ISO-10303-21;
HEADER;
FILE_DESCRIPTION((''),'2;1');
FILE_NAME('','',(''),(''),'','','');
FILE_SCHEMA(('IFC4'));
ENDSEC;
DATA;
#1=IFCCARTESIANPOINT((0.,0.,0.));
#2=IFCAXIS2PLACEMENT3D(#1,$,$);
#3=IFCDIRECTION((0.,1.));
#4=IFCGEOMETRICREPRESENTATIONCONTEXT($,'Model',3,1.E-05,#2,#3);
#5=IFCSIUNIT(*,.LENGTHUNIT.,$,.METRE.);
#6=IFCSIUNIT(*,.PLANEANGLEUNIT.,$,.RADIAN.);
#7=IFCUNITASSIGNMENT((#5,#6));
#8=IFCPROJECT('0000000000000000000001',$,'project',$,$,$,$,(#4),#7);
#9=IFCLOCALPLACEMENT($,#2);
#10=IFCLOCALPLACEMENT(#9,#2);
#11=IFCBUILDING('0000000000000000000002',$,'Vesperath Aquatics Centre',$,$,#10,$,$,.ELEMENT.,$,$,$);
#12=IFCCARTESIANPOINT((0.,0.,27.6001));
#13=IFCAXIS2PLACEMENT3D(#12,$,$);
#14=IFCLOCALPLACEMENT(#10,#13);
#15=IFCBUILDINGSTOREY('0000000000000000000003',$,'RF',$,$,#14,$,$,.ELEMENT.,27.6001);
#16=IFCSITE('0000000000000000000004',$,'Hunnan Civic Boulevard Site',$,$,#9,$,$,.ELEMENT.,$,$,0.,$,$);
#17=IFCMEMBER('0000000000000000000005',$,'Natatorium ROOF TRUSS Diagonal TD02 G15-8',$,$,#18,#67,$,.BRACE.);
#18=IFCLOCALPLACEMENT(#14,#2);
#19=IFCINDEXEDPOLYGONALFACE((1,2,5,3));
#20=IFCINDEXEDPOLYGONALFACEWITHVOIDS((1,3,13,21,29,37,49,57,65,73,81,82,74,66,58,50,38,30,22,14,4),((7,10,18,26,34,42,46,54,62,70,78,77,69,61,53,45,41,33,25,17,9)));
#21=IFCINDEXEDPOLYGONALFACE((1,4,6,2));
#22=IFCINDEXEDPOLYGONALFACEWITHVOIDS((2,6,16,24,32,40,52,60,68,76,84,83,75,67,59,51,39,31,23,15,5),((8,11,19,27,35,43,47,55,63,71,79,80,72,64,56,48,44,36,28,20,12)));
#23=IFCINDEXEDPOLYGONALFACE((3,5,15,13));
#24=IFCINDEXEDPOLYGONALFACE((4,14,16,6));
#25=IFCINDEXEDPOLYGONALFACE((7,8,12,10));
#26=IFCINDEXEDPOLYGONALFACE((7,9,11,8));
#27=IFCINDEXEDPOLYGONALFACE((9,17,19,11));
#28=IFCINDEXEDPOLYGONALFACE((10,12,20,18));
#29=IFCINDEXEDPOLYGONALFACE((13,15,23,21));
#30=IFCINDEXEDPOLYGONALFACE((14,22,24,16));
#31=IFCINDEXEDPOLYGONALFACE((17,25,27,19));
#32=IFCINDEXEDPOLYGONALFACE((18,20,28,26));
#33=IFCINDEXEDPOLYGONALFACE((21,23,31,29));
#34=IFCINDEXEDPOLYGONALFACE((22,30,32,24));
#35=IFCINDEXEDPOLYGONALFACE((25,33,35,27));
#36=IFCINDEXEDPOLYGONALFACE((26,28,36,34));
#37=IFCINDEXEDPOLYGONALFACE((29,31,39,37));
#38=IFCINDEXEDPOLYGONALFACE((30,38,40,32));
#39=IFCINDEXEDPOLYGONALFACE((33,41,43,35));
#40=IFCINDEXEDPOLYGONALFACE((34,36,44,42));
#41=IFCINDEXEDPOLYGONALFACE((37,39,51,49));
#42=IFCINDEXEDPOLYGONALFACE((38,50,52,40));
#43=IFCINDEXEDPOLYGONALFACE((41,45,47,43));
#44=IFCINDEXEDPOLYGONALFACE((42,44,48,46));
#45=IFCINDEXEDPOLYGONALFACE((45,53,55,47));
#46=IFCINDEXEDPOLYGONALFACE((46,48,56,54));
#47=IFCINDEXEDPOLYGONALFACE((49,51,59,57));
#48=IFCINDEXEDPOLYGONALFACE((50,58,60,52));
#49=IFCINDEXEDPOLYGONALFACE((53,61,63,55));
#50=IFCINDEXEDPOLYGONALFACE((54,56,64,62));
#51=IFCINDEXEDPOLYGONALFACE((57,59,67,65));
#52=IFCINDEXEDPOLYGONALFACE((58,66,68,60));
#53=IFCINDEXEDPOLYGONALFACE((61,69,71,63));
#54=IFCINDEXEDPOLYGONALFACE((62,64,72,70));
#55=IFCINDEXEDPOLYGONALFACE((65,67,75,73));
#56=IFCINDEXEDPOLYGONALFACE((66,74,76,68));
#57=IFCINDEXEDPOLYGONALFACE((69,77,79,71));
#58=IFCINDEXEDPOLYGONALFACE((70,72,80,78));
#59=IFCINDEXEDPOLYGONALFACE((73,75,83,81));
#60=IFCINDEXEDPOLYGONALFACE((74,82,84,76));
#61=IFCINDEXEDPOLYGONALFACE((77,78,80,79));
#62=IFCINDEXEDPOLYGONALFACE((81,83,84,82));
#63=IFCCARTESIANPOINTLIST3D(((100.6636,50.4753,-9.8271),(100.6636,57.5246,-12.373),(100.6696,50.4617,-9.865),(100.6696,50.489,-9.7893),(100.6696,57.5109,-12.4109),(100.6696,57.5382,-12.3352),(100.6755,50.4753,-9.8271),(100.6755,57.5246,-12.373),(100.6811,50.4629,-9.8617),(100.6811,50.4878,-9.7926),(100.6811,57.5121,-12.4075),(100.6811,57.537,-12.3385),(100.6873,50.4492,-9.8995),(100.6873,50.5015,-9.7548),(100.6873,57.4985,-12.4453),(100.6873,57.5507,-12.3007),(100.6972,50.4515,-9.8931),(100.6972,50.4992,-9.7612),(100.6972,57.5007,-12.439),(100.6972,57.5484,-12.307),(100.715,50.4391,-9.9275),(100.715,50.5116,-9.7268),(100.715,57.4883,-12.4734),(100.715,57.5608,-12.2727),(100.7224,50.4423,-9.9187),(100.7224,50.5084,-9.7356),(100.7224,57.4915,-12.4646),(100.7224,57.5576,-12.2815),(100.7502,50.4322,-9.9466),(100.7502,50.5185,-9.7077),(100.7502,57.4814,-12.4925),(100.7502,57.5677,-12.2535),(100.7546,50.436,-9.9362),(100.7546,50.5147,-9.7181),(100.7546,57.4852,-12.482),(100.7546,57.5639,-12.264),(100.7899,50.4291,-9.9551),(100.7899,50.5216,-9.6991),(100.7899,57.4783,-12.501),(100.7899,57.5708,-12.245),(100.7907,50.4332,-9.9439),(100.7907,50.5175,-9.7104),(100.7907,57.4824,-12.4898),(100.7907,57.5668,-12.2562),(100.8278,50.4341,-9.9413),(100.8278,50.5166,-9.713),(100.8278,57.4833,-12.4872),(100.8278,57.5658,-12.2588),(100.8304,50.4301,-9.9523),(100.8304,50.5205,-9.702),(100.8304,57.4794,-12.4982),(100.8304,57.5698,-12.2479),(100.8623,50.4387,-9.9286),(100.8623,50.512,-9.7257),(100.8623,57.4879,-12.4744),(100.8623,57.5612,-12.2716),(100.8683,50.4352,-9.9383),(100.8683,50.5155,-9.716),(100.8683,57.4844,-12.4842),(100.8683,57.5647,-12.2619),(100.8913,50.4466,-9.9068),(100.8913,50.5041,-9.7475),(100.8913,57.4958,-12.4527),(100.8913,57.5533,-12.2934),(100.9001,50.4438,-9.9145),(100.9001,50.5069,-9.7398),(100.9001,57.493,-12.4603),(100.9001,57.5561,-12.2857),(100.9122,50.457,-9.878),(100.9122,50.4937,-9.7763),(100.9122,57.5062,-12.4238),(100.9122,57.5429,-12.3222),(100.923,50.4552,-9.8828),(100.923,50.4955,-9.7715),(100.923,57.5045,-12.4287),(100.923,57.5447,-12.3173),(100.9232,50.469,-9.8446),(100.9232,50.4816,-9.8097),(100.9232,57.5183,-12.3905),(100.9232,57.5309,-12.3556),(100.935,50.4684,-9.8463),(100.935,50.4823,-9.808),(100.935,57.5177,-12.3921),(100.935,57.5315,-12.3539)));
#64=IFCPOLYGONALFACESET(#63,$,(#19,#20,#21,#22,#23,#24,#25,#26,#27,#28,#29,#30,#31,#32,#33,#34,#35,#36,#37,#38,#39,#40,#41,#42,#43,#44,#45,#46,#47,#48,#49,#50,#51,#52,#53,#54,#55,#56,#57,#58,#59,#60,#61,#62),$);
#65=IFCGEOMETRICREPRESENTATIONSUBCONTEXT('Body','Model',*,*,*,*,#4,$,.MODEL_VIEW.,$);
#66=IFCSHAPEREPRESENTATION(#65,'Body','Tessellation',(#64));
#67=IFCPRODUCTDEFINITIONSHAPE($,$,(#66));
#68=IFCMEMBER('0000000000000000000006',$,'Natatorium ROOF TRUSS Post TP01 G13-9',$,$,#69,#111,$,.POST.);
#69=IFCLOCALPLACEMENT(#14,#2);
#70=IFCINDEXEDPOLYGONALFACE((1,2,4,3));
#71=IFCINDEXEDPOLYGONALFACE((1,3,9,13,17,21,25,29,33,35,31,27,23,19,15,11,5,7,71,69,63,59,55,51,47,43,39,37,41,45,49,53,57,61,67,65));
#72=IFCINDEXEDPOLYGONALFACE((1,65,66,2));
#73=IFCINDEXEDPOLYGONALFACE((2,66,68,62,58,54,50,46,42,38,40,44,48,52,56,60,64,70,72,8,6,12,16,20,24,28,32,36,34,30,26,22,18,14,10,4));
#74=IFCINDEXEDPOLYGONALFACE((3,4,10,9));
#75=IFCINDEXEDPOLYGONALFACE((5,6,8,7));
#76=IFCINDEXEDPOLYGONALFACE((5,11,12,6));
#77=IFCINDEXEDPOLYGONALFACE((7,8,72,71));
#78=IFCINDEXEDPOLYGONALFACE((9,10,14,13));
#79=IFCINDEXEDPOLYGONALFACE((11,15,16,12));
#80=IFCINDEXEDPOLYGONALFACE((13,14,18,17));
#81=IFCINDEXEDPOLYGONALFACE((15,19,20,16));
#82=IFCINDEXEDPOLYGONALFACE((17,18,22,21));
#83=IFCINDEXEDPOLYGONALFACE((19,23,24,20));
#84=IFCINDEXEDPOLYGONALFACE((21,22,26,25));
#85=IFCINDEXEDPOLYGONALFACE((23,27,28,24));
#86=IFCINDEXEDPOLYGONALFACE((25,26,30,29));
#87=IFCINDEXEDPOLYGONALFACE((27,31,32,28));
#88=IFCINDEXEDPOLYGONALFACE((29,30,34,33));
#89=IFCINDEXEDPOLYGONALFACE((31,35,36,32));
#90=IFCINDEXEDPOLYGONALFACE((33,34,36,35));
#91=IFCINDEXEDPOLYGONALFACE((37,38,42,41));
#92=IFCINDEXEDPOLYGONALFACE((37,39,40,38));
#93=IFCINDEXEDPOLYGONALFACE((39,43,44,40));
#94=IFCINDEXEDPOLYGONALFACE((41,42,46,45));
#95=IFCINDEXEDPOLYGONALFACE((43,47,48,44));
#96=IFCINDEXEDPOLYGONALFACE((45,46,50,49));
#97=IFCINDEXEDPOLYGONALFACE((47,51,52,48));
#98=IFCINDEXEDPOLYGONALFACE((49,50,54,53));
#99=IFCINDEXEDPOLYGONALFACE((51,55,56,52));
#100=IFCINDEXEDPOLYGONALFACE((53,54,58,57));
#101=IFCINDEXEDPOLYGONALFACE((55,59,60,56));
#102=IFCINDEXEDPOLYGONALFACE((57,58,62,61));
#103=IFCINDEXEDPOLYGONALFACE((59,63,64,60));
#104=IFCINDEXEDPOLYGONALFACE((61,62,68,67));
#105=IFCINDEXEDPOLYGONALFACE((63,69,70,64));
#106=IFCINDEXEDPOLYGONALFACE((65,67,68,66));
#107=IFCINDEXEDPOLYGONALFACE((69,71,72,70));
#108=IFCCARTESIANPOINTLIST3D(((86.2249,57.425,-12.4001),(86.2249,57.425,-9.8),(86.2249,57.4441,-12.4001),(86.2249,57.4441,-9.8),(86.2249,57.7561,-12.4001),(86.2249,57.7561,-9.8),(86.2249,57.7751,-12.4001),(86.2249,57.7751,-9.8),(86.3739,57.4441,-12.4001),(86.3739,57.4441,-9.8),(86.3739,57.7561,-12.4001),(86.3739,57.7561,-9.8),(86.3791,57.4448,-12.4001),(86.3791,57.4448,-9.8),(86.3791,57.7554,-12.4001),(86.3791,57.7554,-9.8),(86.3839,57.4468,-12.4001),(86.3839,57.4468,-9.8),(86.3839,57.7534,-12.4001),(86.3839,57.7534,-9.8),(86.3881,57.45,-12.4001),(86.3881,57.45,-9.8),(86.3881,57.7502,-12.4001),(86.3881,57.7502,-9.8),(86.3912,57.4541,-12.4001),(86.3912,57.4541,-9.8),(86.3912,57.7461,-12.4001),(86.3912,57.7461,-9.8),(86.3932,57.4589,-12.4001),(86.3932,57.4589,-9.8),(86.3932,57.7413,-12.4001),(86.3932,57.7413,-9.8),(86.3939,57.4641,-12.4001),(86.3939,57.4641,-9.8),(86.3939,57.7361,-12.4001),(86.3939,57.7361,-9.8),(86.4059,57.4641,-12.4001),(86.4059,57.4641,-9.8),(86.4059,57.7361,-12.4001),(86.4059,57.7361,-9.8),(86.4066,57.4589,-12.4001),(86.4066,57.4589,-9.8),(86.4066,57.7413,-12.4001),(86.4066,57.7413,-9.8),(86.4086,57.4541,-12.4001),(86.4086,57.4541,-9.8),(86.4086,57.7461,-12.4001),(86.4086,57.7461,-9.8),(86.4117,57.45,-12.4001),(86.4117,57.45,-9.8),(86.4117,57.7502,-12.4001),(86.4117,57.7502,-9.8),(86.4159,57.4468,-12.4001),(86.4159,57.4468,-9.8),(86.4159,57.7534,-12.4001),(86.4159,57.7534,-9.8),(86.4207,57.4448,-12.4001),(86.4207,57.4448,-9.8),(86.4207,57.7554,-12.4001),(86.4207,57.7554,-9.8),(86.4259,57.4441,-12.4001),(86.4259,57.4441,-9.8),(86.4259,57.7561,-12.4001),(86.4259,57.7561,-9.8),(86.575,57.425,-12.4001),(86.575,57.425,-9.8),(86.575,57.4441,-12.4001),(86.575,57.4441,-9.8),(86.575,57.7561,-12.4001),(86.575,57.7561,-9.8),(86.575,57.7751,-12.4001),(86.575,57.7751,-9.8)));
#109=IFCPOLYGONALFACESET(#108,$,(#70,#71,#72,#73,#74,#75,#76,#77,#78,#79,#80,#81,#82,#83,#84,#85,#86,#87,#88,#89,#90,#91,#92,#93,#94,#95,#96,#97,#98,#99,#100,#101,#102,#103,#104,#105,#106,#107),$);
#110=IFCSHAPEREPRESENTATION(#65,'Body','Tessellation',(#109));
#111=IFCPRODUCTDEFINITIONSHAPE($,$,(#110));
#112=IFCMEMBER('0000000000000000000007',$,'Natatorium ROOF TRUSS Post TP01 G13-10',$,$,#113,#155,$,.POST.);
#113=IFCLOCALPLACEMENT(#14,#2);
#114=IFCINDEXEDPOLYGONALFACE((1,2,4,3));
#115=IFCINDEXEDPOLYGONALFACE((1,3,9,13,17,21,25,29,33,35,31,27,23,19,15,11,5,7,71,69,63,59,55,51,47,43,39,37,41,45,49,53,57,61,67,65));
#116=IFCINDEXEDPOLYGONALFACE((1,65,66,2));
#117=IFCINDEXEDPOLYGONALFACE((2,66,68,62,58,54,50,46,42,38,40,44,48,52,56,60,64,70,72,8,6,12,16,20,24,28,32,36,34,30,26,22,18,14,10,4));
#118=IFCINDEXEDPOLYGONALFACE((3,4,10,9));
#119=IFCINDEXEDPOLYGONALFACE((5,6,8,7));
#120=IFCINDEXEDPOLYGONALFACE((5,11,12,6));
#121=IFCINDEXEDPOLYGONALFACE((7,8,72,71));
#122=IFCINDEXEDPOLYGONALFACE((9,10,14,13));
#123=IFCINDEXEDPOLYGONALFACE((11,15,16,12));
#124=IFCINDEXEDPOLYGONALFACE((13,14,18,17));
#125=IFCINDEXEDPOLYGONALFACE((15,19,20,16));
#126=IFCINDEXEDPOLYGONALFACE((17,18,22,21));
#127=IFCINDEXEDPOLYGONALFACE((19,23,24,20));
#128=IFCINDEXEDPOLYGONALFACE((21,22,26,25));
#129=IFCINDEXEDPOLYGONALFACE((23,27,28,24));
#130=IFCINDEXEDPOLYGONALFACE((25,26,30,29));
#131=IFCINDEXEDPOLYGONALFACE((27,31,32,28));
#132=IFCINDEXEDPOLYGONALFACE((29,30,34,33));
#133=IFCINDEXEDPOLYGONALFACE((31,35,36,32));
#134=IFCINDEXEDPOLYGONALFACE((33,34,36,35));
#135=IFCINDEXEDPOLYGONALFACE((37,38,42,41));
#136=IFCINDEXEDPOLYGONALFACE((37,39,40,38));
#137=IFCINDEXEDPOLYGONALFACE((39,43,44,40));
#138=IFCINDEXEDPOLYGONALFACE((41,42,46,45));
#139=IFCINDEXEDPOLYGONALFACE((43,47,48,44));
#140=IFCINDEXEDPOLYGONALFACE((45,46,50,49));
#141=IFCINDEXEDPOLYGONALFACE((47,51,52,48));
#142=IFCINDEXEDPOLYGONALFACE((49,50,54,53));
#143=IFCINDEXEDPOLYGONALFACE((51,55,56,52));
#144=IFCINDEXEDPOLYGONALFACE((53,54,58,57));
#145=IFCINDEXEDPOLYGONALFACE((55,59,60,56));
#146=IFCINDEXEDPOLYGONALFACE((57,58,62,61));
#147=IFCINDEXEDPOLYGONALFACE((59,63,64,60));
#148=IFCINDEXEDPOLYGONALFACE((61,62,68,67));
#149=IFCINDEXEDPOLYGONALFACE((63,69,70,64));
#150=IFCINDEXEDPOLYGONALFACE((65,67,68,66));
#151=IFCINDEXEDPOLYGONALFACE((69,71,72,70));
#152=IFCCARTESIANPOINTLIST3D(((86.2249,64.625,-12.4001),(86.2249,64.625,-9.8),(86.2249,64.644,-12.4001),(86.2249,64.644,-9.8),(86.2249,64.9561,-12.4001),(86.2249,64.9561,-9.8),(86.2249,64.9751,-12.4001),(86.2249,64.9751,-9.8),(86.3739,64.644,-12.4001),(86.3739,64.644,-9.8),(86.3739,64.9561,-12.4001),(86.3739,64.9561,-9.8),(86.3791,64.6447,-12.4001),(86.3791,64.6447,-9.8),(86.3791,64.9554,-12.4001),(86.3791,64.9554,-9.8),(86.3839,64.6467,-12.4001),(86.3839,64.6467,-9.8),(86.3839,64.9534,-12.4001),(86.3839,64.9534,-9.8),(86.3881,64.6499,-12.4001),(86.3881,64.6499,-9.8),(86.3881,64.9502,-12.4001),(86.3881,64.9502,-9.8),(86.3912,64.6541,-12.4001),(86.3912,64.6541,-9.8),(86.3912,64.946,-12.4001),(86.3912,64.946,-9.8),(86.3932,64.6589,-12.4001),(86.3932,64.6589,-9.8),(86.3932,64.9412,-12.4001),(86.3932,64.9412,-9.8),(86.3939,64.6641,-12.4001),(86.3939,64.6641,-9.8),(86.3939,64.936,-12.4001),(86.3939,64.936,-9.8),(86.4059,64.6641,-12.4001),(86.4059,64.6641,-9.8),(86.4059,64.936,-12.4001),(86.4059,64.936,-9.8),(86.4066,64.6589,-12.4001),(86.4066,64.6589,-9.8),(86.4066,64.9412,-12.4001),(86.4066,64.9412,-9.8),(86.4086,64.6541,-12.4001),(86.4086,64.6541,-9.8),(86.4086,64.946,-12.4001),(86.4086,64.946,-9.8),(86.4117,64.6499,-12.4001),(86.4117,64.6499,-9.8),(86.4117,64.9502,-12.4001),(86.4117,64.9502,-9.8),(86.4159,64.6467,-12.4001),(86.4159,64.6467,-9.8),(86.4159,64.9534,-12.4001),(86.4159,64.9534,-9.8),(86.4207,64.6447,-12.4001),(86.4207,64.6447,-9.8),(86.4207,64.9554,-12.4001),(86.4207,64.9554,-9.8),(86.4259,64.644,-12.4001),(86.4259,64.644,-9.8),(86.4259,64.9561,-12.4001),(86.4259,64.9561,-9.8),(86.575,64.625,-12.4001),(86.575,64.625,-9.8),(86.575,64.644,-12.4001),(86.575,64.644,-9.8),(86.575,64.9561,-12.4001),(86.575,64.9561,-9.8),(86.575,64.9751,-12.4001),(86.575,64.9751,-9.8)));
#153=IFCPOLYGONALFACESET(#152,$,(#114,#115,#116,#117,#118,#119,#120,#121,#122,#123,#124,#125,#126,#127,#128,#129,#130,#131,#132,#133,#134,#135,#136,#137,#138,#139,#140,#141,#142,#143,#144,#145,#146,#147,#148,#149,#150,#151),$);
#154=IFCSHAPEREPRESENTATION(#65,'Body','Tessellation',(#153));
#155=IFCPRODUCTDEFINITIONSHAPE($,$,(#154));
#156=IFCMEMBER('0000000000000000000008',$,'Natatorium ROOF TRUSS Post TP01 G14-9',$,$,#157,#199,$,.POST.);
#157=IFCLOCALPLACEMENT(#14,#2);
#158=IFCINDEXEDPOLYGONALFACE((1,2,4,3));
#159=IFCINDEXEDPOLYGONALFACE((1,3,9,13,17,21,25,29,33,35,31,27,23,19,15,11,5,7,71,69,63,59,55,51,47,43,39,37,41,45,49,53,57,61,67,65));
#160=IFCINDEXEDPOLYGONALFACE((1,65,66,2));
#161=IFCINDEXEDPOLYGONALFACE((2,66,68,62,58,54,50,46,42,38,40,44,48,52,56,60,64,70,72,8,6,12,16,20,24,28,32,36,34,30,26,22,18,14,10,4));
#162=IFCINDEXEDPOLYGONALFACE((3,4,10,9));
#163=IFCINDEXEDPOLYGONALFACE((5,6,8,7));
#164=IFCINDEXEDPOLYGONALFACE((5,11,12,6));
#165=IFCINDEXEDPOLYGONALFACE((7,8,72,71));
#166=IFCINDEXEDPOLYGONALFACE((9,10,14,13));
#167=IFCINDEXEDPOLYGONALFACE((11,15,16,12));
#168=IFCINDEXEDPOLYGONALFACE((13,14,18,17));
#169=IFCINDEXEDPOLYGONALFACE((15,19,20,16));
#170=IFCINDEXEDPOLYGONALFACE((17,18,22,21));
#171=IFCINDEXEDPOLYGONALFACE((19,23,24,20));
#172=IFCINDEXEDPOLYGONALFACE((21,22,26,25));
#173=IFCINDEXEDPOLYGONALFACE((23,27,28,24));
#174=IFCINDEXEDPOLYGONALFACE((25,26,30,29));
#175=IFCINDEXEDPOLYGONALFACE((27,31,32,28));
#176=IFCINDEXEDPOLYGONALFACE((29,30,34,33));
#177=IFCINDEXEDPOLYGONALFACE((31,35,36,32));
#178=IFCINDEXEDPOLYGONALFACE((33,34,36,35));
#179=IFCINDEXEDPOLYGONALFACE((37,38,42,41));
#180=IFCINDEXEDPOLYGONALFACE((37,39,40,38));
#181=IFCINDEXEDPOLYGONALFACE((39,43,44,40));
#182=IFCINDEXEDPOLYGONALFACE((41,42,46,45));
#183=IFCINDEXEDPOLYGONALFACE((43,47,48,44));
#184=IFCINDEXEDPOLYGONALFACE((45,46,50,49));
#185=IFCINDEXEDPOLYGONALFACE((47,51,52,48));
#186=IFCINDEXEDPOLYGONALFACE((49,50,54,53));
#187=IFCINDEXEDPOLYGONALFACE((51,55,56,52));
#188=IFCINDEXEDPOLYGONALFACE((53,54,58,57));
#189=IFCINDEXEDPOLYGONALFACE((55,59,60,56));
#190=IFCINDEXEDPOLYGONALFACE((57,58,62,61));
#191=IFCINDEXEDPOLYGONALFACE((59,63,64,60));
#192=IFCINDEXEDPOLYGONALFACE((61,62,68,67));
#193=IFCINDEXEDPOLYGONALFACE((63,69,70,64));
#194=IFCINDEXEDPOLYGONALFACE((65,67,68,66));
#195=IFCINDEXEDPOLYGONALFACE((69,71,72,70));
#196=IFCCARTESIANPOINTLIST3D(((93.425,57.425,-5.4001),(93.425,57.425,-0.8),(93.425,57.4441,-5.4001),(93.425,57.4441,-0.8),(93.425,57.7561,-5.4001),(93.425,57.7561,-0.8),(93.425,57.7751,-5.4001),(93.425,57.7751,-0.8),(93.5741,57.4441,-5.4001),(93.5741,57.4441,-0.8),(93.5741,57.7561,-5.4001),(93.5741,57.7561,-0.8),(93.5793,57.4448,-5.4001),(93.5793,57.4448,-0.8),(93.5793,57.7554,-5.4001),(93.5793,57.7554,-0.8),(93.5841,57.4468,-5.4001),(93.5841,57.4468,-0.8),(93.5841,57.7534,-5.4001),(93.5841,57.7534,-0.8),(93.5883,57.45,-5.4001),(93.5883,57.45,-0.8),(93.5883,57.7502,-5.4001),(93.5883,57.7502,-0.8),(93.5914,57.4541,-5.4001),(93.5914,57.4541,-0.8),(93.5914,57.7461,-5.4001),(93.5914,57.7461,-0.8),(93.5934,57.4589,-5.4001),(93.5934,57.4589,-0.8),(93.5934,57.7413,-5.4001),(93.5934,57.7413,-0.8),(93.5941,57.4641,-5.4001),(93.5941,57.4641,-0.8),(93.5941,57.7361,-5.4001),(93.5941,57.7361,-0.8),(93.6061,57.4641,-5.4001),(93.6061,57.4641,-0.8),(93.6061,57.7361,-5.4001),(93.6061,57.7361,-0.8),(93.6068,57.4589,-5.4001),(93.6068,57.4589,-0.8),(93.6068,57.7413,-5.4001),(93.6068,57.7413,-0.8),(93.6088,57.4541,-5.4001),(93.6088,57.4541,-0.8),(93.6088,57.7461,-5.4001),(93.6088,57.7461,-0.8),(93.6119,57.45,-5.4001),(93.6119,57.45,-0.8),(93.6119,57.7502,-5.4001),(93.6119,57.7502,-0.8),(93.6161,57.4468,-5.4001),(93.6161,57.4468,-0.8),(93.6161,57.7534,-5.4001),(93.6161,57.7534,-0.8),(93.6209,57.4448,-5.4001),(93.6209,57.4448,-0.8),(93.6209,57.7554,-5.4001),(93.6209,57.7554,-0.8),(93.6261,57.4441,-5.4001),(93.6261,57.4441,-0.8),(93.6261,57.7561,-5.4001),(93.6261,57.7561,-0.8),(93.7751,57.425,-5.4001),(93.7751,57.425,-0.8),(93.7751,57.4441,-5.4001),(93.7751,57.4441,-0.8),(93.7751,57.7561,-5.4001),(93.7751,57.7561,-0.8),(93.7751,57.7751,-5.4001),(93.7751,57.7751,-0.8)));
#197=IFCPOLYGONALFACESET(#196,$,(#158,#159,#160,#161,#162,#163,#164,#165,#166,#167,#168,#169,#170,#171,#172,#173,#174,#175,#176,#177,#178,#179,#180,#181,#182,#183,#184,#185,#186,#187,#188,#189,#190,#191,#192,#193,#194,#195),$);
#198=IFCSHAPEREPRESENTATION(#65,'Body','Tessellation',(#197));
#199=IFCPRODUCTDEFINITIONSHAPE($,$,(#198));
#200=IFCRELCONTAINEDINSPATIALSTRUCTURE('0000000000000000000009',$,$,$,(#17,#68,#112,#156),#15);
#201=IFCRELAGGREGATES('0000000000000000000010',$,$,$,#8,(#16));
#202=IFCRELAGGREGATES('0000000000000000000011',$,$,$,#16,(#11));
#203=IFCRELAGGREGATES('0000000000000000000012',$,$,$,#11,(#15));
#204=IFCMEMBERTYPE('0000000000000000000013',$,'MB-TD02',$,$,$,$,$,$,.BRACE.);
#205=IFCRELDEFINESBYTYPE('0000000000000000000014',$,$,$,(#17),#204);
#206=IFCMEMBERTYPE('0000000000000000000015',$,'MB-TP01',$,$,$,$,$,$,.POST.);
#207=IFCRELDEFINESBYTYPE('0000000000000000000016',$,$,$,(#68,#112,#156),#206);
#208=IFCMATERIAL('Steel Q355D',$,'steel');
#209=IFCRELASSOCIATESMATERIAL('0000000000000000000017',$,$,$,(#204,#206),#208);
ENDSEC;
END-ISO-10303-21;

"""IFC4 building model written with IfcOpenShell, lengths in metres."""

from ifc_helpers import new_model, si_unit, direction, frame, origin, origin_2d, place, context, subcontext, project, spatial, hollow_circle, i_section, extrude, material, material_profile, profile_set, type_object, element, save


model = new_model("IFC4")

# Units and contexts
model_context = context("Model", 3, precision=1e-05, world=origin(), true_north=direction((0.0, 1.0)))
body_context = subcontext(model_context, "Body", "Model", "MODEL_VIEW")
ifc_project = project(units=[si_unit("LENGTHUNIT", "METRE"), si_unit("PLANEANGLEUNIT", "RADIAN")], contexts=[model_context])

# Site, building, storey
site_placement = place(None, origin())
site = spatial("IfcSite", under=ifc_project, at=site_placement, Name="Hunnan Civic Boulevard Site", CompositionType="ELEMENT", RefElevation=0.0)
building_placement = place(site_placement, origin())
building = spatial("IfcBuilding", under=site, at=building_placement, Name="Vesperath Aquatics Centre", CompositionType="ELEMENT")
storey_placement = place(building_placement, frame((0.0, 0.0, 27.6001)))
storey = spatial("IfcBuildingStorey", under=building, at=storey_placement, Name="RF", CompositionType="ELEMENT", Elevation=27.6001)

# Shared definitions
ifc_material_1 = material(Name="Steel Q355D", Category="steel")

# Members
ifc_material_profile_1 = material_profile(ifc_material_1, hollow_circle(Radius=0.1365, WallThickness=0.012, at=origin_2d()), Name="CHS 273.0x12")
ifc_profile_set_1 = profile_set([ifc_material_profile_1], Name="Steel Q355D")
member_type_1 = type_object("IfcMemberType", Name="MB-TD02", PredefinedType="BRACE", material=ifc_profile_set_1)
member_1_placement = place(storey_placement, frame((100.8, 50.4753, -9.8271), z_axis=(0.0, 0.940541, -0.339681), x_axis=(-1.0, 0.0, 0.0)))
element("IfcMember", 1, at=member_1_placement, inside=storey, type_object=member_type_1, Name="Natatorium ROOF TRUSS Diagonal TD02 G15-8", PredefinedType="BRACE", context=body_context, shape_type="SweptSolid", body=[
    extrude(hollow_circle(Radius=0.1365, WallThickness=0.012, at=origin_2d()), origin(), (0.0, 0.0, 1.0), 7.4949),
])
ifc_material_profile_2 = material_profile(ifc_material_1, i_section(OverallWidth=0.3501, OverallDepth=0.3501, WebThickness=0.012, FlangeThickness=0.019, FilletRadius=0.02, at=origin_2d()), Name="HW 350x350x12x19")
ifc_profile_set_2 = profile_set([ifc_material_profile_2], Name="Steel Q355D")
member_type_2 = type_object("IfcMemberType", Name="MB-TP01", PredefinedType="POST", material=ifc_profile_set_2)
for number, where, z_axis, x_axis, name in (
    (2, (86.3999, 57.6001, -12.4001), (0.0, 0.0, 1.0), (1.0, 0.0, 0.0), "Natatorium ROOF TRUSS Post TP01 G13-9"),
    (3, (86.3999, 64.8, -12.4001), (0.0, 0.0, 1.0), (1.0, 0.0, 0.0), "Natatorium ROOF TRUSS Post TP01 G13-10"),
):
    element("IfcMember", number, at=place(storey_placement, frame(where, z_axis=z_axis, x_axis=x_axis)), inside=storey, type_object=member_type_2, Name=name, PredefinedType="POST", context=body_context, shape_type="SweptSolid", body=[
        extrude(i_section(OverallWidth=0.3501, OverallDepth=0.3501, WebThickness=0.012, FlangeThickness=0.019, FilletRadius=0.02, at=origin_2d()), origin(), (0.0, 0.0, 1.0), 2.6001),
    ])
for number, where, z_axis, x_axis, name in (
    (4, (93.6001, 57.6001, -5.4001), (0.0, 0.0, 1.0), (1.0, 0.0, 0.0), "Natatorium ROOF TRUSS Post TP01 G14-9"),
):
    element("IfcMember", number, at=place(storey_placement, frame(where, z_axis=z_axis, x_axis=x_axis)), inside=storey, type_object=member_type_2, Name=name, PredefinedType="POST", context=body_context, shape_type="SweptSolid", body=[
        extrude(i_section(OverallWidth=0.3501, OverallDepth=0.3501, WebThickness=0.012, FlangeThickness=0.019, FilletRadius=0.02, at=origin_2d()), origin(), (0.0, 0.0, 1.0), 4.6001),
    ])

save(model, "model.ifc")
